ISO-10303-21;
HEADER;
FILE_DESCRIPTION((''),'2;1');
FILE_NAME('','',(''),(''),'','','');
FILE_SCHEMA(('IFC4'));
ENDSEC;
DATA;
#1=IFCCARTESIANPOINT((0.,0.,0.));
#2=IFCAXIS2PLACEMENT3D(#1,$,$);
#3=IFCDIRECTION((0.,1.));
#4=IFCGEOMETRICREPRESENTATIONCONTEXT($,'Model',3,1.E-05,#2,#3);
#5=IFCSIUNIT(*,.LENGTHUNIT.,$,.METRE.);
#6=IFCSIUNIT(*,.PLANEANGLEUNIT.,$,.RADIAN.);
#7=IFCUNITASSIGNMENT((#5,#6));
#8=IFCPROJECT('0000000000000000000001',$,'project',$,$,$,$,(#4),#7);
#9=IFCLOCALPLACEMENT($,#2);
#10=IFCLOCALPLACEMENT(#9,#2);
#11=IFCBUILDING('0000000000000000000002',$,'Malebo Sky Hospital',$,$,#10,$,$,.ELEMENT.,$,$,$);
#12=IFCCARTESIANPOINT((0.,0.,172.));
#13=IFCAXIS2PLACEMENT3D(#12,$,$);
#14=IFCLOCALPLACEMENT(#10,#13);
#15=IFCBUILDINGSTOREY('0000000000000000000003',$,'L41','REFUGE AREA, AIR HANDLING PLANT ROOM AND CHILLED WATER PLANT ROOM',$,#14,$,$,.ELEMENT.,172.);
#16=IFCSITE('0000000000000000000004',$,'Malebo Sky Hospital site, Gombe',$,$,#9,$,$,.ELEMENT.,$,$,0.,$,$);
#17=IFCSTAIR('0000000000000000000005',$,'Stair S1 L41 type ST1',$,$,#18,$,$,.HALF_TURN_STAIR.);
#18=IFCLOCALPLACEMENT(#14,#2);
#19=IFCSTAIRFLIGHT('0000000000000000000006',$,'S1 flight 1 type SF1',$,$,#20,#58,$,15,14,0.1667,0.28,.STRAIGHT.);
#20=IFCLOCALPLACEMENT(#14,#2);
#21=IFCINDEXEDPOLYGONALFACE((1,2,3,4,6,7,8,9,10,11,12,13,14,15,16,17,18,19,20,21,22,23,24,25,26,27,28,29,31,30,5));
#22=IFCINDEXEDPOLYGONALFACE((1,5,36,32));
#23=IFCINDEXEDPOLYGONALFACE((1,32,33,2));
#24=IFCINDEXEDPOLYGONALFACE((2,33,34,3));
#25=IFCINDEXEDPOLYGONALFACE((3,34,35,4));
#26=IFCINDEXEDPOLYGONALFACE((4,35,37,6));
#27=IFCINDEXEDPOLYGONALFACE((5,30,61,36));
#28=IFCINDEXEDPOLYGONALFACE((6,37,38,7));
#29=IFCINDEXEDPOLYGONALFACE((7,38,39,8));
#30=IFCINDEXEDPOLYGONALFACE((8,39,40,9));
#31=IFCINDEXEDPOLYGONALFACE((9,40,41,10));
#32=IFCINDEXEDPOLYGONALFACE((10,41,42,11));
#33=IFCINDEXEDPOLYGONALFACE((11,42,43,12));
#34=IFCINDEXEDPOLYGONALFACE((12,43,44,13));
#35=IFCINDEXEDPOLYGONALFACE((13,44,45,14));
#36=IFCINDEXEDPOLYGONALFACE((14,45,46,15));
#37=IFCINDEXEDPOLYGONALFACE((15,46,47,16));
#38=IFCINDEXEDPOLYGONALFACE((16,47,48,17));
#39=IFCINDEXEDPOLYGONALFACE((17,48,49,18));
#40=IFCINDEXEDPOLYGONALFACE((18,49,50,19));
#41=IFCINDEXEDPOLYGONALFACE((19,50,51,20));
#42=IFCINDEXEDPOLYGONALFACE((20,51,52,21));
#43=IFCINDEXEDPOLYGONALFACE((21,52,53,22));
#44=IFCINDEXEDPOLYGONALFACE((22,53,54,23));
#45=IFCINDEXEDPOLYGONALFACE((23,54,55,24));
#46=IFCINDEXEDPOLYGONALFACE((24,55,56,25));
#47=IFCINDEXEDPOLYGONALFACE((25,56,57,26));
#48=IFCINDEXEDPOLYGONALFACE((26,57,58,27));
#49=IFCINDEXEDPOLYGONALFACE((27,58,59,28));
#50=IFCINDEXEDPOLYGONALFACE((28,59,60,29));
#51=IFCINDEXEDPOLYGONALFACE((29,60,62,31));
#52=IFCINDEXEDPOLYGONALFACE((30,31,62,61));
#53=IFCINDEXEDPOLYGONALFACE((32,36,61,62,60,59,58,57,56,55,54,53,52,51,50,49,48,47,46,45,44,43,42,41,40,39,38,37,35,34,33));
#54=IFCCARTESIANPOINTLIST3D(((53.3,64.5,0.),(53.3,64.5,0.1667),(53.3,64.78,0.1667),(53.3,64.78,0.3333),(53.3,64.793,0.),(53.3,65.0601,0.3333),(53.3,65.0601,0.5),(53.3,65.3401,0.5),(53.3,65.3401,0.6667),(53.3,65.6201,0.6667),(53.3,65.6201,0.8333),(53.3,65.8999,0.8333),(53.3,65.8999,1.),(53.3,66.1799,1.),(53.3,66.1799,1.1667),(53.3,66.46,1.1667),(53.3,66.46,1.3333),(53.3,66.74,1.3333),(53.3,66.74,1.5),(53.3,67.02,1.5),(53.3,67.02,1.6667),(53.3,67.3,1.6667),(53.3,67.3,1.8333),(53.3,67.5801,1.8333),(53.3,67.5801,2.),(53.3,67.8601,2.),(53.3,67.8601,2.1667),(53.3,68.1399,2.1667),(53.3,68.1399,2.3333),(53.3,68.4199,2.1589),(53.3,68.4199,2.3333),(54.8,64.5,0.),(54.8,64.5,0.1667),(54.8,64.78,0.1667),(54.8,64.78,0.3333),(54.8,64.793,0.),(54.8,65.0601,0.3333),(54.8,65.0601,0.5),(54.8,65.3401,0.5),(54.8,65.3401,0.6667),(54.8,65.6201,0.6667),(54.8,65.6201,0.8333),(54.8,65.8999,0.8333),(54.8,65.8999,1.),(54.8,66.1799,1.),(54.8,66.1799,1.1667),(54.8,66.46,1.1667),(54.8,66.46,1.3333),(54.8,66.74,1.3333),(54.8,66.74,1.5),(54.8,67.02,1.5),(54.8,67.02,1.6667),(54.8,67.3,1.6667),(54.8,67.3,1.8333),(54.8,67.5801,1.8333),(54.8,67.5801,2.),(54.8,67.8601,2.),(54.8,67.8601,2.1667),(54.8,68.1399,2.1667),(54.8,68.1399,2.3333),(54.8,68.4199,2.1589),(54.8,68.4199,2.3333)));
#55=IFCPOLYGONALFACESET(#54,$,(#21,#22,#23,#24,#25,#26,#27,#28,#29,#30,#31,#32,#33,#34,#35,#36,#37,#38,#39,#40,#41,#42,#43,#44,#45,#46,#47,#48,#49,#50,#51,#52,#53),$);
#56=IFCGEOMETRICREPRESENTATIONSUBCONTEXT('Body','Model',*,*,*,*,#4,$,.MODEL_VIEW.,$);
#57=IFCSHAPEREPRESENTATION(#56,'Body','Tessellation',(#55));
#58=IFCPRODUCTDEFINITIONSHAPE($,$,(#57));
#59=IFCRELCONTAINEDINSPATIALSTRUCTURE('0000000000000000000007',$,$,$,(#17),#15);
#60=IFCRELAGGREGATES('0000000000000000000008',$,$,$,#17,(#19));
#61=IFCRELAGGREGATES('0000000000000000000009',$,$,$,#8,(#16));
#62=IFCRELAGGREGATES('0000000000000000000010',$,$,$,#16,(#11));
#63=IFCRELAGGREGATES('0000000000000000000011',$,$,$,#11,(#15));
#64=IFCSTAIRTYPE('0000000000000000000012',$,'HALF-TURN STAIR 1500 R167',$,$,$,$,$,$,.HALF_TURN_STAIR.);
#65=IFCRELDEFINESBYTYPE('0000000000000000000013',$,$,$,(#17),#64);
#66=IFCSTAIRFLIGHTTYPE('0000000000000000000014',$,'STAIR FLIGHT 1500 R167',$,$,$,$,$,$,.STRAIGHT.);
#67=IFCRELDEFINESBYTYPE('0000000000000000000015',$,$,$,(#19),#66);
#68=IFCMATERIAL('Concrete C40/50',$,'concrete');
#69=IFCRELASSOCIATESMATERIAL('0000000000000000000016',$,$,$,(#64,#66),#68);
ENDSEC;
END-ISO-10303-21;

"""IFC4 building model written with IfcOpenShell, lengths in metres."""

from ifc_helpers import new_model, si_unit, direction, frame, origin, place, context, subcontext, project, spatial, polyline, outline, extrude, material, type_object, element, aggregate, save


model = new_model("IFC4")

# Units and contexts
model_context = context("Model", 3, precision=1e-05, world=origin(), true_north=direction((0.0, 1.0)))
body_context = subcontext(model_context, "Body", "Model", "MODEL_VIEW")
ifc_project = project(units=[si_unit("LENGTHUNIT", "METRE"), si_unit("PLANEANGLEUNIT", "RADIAN")], contexts=[model_context])

# Site, building, storey
site_placement = place(None, origin())
site = spatial("IfcSite", under=ifc_project, at=site_placement, Name="Malebo Sky Hospital site, Gombe", CompositionType="ELEMENT", RefElevation=0.0)
building_placement = place(site_placement, origin())
building = spatial("IfcBuilding", under=site, at=building_placement, Name="Malebo Sky Hospital", CompositionType="ELEMENT")
storey_placement = place(building_placement, frame((0.0, 0.0, 172.0)))
storey = spatial("IfcBuildingStorey", under=building, at=storey_placement, Name="L41", Description="REFUGE AREA, AIR HANDLING PLANT ROOM AND CHILLED WATER PLANT ROOM", CompositionType="ELEMENT", Elevation=172.0)

# Stair, stair flight
ifc_material_1 = material(Name="Concrete C40/50", Category="concrete")
stair_type = type_object("IfcStairType", Name="HALF-TURN STAIR 1500 R167", PredefinedType="HALF_TURN_STAIR", material=ifc_material_1)
stair_placement = place(storey_placement, origin())
stair = element("IfcStair", 1, at=stair_placement, inside=storey, type_object=stair_type, Name="Stair S1 L41 type ST1", PredefinedType="HALF_TURN_STAIR")
stair_flight_type = type_object("IfcStairFlightType", Name="STAIR FLIGHT 1500 R167", PredefinedType="STRAIGHT", material=ifc_material_1)
stair_flight_placement = place(storey_placement, frame((54.05, 64.5, 0.0), z_axis=(0.0, 0.0, 1.0), x_axis=(0.0, 1.0, 0.0)))
stair_flight = element("IfcStairFlight", 2, at=stair_flight_placement, type_object=stair_flight_type, Name="S1 flight 1 type SF1", NumberOfRisers=15, NumberOfTreads=14, PredefinedType="STRAIGHT", RiserHeight=0.1667, TreadLength=0.28, context=body_context, shape_type="SweptSolid", body=[
    extrude(outline(polyline([(0.0, 0.0), (0.0, 0.1667), (0.28, 0.1667), (0.28, 0.3333), (0.5601, 0.3333), (0.5601, 0.5), (0.8401, 0.5), (0.8401, 0.6667), (1.1201, 0.6667), (1.1201, 0.8333), (1.3999, 0.8333), (1.3999, 1.0), (1.6799, 1.0), (1.6799, 1.1667), (1.96, 1.1667), (1.96, 1.3333), (2.24, 1.3333), (2.24, 1.5), (2.52, 1.5), (2.52, 1.6667), (2.8, 1.6667), (2.8, 1.8333), (3.0801, 1.8333), (3.0801, 2.0), (3.3601, 2.0), (3.3601, 2.1667), (3.6399, 2.1667), (3.6399, 2.3333), (3.9199, 2.3333), (3.9199, 2.5), (3.9199, 2.1589), (0.293, 0.0), (0.0, 0.0)])), frame((0.0, 0.75, 0.0), z_axis=(0.0, -1.0, 0.0), x_axis=(1.0, 0.0, 0.0)), (0.0, 0.0, 1.0), 1.5),
])
aggregate(stair, [stair_flight])

save(model, "model.ifc")
